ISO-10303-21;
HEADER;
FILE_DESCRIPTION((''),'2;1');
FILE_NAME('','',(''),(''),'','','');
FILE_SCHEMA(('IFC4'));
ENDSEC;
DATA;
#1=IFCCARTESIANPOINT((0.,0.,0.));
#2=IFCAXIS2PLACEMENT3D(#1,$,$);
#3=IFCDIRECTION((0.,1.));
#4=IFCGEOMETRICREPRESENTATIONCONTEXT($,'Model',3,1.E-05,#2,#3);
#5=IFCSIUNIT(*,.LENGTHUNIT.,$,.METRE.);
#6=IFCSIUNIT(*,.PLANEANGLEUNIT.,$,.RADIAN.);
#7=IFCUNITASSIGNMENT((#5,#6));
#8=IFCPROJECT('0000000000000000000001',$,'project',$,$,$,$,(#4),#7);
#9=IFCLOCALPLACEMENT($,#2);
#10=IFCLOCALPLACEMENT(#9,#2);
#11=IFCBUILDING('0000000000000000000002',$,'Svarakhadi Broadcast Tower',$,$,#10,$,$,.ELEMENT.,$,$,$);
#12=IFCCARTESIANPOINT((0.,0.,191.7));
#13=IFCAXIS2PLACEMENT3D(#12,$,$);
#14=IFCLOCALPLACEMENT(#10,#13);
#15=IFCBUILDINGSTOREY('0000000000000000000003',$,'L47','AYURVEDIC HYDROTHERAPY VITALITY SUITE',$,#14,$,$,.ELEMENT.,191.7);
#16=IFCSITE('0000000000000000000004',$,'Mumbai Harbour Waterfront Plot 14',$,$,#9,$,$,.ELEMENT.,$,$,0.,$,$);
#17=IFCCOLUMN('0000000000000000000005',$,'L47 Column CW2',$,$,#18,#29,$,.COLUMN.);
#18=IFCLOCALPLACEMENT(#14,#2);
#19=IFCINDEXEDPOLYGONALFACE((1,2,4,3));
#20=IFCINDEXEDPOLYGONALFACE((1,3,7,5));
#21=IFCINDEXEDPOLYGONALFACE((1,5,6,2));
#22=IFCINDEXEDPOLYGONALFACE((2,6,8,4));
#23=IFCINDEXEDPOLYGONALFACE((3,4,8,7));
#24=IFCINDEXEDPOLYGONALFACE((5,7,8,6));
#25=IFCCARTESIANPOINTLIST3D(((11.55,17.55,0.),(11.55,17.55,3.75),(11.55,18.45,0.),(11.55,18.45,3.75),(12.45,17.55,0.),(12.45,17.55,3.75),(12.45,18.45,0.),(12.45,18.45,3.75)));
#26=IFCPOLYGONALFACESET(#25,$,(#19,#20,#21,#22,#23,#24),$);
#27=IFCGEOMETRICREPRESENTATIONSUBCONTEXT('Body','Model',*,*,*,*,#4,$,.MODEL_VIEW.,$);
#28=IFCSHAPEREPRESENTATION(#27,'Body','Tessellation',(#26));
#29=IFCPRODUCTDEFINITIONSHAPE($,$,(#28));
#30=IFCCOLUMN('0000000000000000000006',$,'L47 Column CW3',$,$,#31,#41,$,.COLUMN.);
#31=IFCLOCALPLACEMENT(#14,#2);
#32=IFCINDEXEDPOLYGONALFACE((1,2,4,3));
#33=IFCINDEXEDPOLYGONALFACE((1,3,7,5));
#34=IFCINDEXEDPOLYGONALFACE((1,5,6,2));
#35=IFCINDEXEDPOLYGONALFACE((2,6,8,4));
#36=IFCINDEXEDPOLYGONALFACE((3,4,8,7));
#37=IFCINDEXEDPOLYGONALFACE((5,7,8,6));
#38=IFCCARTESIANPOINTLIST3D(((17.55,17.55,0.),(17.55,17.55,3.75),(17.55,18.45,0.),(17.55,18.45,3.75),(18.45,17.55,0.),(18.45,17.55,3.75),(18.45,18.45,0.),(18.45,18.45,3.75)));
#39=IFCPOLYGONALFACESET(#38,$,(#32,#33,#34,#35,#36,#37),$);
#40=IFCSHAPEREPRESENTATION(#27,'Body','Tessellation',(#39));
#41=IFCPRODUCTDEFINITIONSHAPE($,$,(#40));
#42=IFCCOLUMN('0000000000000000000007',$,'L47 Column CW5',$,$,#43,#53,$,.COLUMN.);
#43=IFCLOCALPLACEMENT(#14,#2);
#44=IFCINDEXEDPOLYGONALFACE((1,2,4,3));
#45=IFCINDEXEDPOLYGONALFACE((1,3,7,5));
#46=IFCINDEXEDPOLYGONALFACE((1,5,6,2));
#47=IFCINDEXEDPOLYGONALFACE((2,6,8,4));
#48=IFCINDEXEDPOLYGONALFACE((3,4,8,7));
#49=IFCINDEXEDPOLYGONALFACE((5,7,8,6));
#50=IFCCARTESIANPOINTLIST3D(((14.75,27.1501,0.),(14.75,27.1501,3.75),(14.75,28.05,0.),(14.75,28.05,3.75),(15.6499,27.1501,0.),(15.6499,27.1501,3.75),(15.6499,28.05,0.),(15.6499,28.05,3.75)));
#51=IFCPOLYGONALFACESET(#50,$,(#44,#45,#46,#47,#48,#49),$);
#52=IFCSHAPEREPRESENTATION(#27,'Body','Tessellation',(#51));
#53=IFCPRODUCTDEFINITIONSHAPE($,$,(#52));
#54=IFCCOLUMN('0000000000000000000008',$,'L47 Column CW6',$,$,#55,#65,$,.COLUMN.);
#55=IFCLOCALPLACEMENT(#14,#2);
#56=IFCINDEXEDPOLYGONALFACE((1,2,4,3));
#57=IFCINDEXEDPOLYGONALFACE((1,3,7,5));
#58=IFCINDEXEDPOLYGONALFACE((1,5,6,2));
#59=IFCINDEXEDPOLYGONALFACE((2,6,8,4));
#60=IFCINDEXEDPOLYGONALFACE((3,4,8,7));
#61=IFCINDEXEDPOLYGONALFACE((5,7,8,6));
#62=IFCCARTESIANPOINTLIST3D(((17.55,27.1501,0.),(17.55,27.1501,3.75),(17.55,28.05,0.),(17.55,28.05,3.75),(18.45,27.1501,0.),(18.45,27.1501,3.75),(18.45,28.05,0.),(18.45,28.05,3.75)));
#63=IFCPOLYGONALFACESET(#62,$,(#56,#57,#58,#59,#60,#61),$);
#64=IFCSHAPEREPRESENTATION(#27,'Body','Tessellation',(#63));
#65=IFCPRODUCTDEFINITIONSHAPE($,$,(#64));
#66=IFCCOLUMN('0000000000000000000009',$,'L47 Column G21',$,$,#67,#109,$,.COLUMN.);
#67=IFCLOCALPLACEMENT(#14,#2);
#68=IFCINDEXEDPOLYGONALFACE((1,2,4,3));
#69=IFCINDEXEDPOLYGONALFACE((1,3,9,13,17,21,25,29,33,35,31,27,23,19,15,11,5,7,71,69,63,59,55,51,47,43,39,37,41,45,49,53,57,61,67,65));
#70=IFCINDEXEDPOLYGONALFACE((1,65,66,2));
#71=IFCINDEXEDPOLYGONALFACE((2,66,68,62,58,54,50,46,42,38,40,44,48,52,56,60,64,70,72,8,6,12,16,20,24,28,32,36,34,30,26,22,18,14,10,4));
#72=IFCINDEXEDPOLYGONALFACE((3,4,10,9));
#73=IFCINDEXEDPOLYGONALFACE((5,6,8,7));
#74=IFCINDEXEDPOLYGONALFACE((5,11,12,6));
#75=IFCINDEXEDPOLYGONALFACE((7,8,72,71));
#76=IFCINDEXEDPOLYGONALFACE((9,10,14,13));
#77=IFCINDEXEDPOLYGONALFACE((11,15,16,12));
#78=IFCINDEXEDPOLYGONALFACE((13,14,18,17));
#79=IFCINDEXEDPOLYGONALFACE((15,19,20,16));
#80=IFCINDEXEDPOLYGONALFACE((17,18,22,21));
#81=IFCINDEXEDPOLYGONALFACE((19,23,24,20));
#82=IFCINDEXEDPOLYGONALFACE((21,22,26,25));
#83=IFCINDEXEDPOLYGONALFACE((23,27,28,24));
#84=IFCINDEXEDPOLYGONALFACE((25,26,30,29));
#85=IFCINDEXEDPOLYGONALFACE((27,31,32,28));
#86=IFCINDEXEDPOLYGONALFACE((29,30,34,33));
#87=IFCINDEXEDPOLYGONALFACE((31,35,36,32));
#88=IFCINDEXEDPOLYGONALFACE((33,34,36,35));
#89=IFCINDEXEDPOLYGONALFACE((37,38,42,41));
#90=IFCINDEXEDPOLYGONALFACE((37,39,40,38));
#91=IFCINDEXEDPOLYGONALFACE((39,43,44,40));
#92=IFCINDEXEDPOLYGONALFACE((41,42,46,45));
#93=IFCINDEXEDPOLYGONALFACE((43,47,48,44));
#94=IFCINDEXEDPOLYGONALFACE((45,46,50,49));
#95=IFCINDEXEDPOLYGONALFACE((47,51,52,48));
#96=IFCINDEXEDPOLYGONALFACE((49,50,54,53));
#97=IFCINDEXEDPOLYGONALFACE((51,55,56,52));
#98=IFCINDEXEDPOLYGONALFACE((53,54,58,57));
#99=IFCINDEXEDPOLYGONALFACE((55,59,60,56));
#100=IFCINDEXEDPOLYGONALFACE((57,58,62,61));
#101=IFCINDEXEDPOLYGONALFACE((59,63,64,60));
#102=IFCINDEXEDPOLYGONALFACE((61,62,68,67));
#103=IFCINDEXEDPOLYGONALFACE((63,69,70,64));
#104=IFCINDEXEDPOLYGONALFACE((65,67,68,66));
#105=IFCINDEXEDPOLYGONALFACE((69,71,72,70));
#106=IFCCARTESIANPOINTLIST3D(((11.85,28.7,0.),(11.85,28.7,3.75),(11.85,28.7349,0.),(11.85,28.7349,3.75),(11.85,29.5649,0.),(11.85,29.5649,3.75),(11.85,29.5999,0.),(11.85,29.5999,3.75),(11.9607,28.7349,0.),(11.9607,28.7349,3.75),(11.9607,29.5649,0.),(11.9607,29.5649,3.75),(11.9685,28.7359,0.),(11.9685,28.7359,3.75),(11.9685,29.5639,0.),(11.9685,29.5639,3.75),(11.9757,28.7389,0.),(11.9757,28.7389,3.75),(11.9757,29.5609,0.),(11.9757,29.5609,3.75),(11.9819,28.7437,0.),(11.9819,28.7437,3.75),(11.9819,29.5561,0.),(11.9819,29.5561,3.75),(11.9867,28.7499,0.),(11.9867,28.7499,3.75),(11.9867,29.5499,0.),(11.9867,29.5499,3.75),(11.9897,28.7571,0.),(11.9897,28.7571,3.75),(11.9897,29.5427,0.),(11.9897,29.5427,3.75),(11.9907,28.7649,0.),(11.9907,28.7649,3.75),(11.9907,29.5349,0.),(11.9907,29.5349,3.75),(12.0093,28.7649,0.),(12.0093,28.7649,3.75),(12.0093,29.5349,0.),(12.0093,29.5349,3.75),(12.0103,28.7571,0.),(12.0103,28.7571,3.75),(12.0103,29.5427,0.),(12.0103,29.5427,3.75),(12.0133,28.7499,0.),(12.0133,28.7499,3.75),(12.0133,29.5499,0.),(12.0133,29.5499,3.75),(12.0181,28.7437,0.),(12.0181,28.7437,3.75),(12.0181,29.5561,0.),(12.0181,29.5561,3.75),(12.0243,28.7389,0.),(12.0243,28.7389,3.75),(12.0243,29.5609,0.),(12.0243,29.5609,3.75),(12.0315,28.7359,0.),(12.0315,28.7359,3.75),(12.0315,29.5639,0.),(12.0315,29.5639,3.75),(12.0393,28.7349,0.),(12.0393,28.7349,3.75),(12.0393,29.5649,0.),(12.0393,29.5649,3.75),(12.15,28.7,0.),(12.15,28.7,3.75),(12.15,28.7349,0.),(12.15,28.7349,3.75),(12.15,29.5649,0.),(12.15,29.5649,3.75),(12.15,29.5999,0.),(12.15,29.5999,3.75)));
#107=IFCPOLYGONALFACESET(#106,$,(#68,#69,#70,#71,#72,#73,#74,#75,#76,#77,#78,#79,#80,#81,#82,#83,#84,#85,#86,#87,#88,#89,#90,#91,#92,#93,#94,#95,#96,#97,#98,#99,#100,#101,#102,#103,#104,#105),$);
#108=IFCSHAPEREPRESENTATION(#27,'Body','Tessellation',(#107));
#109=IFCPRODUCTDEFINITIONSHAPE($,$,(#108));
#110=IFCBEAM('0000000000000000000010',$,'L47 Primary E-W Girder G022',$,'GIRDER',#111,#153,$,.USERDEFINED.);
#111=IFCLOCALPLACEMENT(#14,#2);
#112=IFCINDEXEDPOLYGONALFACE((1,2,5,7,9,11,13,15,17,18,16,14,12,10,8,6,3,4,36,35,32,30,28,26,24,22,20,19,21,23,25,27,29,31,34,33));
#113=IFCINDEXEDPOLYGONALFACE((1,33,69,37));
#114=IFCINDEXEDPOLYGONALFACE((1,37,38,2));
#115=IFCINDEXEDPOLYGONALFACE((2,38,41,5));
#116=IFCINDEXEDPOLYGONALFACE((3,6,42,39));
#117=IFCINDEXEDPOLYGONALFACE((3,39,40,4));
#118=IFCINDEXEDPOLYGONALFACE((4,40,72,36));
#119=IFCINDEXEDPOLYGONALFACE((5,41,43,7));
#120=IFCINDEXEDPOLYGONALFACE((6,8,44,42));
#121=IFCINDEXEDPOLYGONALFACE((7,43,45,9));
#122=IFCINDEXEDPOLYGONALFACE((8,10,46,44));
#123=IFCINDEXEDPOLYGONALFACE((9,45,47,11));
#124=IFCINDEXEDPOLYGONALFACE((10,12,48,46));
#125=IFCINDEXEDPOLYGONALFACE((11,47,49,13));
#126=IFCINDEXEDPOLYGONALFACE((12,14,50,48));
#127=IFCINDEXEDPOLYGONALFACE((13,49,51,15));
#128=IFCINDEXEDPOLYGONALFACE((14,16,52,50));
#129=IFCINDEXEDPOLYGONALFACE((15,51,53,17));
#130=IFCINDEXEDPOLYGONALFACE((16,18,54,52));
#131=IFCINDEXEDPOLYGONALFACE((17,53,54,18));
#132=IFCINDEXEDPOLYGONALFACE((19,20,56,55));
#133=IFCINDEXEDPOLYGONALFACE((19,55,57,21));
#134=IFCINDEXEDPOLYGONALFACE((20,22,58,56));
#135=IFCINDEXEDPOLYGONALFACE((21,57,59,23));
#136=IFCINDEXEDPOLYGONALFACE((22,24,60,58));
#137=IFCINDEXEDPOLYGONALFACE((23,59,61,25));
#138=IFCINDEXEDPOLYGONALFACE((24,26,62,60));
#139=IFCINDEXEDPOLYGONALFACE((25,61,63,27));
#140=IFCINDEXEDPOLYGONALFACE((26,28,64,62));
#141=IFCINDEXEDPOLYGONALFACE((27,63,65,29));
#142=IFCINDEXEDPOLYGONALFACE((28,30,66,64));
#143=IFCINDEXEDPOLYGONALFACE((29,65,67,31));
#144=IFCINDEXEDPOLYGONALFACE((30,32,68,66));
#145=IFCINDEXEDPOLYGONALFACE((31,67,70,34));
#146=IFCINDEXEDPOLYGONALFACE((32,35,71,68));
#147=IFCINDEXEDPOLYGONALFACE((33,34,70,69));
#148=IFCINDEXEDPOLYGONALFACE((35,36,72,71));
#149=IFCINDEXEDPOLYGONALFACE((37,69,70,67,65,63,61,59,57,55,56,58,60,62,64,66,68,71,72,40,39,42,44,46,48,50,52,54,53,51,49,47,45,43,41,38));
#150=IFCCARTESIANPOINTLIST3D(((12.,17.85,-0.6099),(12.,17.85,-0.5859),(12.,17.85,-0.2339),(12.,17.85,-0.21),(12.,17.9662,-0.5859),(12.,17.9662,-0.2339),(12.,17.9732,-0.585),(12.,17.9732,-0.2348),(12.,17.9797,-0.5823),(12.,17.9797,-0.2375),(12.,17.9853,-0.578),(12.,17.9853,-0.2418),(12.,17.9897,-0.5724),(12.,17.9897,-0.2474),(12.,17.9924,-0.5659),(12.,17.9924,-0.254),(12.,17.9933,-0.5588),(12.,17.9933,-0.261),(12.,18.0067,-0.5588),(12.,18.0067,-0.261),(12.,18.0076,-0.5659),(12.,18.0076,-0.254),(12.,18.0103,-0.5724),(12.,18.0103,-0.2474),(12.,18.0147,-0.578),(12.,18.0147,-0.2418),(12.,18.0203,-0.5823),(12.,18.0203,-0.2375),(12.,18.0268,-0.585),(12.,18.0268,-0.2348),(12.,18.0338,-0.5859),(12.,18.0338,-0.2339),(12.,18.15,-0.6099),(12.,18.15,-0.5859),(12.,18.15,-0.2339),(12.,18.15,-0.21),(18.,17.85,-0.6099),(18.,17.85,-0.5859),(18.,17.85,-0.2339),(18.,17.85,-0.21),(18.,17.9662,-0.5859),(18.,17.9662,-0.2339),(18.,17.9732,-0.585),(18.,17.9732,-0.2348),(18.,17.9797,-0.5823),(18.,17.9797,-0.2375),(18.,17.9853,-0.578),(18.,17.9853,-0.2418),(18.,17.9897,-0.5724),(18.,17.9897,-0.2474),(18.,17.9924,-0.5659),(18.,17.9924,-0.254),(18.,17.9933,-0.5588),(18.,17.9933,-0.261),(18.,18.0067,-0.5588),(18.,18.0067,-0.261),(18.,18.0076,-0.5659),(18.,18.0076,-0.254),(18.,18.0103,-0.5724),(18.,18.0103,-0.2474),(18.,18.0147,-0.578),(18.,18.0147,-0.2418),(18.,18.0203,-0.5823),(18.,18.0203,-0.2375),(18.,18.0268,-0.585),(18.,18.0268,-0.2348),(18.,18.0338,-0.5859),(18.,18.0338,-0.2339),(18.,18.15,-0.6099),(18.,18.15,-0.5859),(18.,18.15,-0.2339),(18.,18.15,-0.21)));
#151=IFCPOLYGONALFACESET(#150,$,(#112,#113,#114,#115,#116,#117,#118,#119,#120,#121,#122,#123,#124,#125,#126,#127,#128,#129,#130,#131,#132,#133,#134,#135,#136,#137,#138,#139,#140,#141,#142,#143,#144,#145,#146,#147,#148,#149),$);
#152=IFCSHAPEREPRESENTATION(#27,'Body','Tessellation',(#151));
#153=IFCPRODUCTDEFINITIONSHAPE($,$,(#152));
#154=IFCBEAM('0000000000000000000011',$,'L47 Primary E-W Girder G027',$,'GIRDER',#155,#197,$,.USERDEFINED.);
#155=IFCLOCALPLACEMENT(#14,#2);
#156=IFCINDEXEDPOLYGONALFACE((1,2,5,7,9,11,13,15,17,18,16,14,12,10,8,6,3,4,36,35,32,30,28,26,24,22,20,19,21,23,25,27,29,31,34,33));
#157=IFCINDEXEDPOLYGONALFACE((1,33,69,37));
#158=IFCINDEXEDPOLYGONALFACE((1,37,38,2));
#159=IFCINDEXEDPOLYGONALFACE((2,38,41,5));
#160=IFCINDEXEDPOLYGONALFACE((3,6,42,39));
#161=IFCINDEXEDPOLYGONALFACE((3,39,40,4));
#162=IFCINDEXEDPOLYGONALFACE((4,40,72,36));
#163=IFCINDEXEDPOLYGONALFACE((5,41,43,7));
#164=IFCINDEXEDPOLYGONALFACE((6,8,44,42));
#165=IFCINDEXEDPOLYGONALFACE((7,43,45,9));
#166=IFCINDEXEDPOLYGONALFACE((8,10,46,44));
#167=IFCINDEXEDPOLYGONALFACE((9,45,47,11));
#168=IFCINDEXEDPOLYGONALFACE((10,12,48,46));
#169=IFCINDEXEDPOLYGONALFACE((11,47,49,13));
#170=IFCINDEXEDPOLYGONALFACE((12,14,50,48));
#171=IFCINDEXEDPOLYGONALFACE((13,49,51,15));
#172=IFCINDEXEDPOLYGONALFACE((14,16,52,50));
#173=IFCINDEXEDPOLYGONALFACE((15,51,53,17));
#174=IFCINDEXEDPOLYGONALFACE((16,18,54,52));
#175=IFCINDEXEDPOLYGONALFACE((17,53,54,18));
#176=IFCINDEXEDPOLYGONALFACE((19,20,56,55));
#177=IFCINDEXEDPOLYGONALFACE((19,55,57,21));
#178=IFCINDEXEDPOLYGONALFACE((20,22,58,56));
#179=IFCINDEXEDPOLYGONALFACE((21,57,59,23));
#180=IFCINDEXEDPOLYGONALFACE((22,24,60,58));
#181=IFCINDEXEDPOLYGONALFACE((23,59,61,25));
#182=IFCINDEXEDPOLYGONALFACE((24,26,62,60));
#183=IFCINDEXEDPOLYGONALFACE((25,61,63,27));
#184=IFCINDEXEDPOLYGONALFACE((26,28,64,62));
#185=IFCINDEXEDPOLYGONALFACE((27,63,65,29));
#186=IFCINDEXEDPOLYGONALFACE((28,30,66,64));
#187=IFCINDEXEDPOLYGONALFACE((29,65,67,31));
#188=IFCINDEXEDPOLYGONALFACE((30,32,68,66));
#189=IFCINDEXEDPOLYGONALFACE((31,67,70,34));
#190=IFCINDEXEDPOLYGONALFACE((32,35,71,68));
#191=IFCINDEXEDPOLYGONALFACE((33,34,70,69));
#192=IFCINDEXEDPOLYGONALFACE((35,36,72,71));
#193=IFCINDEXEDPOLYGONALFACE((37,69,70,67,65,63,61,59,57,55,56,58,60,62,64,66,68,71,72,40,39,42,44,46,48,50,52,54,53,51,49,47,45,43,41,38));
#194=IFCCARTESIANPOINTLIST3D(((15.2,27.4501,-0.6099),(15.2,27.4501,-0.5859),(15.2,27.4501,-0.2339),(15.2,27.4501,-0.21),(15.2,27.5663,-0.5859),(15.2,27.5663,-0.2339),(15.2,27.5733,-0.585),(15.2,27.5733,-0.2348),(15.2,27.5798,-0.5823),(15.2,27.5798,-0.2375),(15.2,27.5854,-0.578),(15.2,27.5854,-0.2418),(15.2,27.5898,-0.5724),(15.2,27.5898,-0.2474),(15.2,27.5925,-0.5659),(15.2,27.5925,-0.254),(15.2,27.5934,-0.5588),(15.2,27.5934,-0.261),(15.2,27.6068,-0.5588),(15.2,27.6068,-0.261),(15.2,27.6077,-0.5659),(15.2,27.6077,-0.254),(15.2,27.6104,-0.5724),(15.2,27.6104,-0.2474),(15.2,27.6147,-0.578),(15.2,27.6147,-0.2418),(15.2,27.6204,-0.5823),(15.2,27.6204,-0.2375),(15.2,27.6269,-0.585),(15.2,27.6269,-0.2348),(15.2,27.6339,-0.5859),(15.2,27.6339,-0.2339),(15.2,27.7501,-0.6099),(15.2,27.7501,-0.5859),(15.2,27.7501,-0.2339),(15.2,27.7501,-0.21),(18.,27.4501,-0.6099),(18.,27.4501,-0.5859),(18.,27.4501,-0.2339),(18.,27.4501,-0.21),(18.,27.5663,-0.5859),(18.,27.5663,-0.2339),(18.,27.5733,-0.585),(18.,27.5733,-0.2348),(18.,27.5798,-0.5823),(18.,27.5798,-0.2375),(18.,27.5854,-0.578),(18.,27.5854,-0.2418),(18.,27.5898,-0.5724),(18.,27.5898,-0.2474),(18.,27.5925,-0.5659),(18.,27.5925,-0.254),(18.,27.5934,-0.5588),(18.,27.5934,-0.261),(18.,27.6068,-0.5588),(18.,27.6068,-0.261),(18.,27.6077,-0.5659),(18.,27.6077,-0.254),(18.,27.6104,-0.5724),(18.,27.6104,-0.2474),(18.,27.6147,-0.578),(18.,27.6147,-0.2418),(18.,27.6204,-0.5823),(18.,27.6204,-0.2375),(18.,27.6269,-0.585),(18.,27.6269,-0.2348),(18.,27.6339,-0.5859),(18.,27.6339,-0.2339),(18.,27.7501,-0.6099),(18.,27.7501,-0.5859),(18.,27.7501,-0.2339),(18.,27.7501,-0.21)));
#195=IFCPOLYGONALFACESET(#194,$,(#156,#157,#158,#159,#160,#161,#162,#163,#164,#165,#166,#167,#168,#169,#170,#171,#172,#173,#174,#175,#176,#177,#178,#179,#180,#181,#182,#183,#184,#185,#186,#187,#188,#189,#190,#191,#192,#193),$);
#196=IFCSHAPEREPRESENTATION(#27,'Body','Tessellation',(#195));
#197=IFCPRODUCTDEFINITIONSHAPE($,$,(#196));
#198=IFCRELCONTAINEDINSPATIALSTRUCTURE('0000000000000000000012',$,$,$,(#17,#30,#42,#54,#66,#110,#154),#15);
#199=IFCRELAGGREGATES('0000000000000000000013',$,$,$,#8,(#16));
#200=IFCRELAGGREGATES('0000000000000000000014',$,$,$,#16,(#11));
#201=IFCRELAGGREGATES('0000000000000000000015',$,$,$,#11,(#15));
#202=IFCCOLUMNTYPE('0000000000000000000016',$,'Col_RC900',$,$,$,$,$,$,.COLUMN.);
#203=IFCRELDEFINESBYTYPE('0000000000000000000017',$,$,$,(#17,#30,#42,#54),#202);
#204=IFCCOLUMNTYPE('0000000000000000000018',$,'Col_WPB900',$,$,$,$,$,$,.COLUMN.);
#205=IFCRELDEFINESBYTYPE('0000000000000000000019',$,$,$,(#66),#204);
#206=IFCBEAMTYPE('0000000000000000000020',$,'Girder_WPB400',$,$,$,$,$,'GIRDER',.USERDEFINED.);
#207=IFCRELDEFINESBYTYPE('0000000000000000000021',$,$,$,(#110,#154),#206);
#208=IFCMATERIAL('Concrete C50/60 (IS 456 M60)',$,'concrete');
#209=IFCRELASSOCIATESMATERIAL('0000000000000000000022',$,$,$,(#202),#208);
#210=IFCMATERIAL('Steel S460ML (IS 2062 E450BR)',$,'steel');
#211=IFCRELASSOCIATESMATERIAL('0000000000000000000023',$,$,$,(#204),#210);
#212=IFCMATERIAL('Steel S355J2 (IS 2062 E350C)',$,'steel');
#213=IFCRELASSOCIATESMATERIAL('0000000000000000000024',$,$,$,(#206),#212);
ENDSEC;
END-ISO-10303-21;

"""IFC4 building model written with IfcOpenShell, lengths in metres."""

from ifc_helpers import new_model, si_unit, direction, frame, origin, origin_2d, place, context, subcontext, project, spatial, rectangle, i_section, extrude, material, material_profile, profile_set, type_object, element, save


model = new_model("IFC4")

# Units and contexts
model_context = context("Model", 3, precision=1e-05, world=origin(), true_north=direction((0.0, 1.0)))
body_context = subcontext(model_context, "Body", "Model", "MODEL_VIEW")
ifc_project = project(units=[si_unit("LENGTHUNIT", "METRE"), si_unit("PLANEANGLEUNIT", "RADIAN")], contexts=[model_context])

# Site, building, storey
site_placement = place(None, origin())
site = spatial("IfcSite", under=ifc_project, at=site_placement, Name="Mumbai Harbour Waterfront Plot 14", CompositionType="ELEMENT", RefElevation=0.0)
building_placement = place(site_placement, origin())
building = spatial("IfcBuilding", under=site, at=building_placement, Name="Svarakhadi Broadcast Tower", CompositionType="ELEMENT")
storey_placement = place(building_placement, frame((0.0, 0.0, 191.7)))
storey = spatial("IfcBuildingStorey", under=building, at=storey_placement, Name="L47", Description="AYURVEDIC HYDROTHERAPY VITALITY SUITE", CompositionType="ELEMENT", Elevation=191.7)

# Columns
ifc_material_1 = material(Name="Concrete C50/60 (IS 456 M60)", Category="concrete")
ifc_material_profile_1 = material_profile(ifc_material_1, rectangle(XDim=0.8999, YDim=0.8999, at=origin_2d()), Name="RC 900x900")
ifc_profile_set_1 = profile_set([ifc_material_profile_1], Name="Concrete C50/60 (IS 456 M60)")
column_type_1 = type_object("IfcColumnType", Name="Col_RC900", PredefinedType="COLUMN", material=ifc_profile_set_1)
for number, where, z_axis, x_axis, name in (
    (1, (12.0, 18.0, 0.0), (0.0, 0.0, 1.0), (1.0, 0.0, 0.0), "L47 Column CW2"),
    (2, (18.0, 18.0, 0.0), (0.0, 0.0, 1.0), (1.0, 0.0, 0.0), "L47 Column CW3"),
    (3, (15.2, 27.6001, 0.0), (0.0, 0.0, 1.0), (1.0, 0.0, 0.0), "L47 Column CW5"),
    (4, (18.0, 27.6001, 0.0), (0.0, 0.0, 1.0), (1.0, 0.0, 0.0), "L47 Column CW6"),
):
    element("IfcColumn", number, at=place(storey_placement, frame(where, z_axis=z_axis, x_axis=x_axis)), inside=storey, type_object=column_type_1, Name=name, PredefinedType="COLUMN", context=body_context, shape_type="SweptSolid", body=[
        extrude(rectangle(XDim=0.8999, YDim=0.8999, at=origin_2d()), origin(), (0.0, 0.0, 1.0), 3.75),
    ])
ifc_material_2 = material(Name="Steel S460ML (IS 2062 E450BR)", Category="steel")
ifc_material_profile_2 = material_profile(ifc_material_2, i_section(OverallWidth=0.3, OverallDepth=0.8999, WebThickness=0.0186, FlangeThickness=0.0349, FilletRadius=0.03, at=origin_2d()), Name="WPB 900x300x291")
ifc_profile_set_2 = profile_set([ifc_material_profile_2], Name="Steel S460ML (IS 2062 E450BR)")
column_type_2 = type_object("IfcColumnType", Name="Col_WPB900", PredefinedType="COLUMN", material=ifc_profile_set_2)
column_placement = place(storey_placement, frame((12.0, 29.1499, 0.0), z_axis=(0.0, 0.0, 1.0), x_axis=(1.0, 0.0, 0.0)))
element("IfcColumn", 5, at=column_placement, inside=storey, type_object=column_type_2, Name="L47 Column G21", PredefinedType="COLUMN", context=body_context, shape_type="SweptSolid", body=[
    extrude(i_section(OverallWidth=0.3, OverallDepth=0.8999, WebThickness=0.0186, FlangeThickness=0.0349, FilletRadius=0.03, at=origin_2d()), origin(), (0.0, 0.0, 1.0), 3.75),
])

# Beams
ifc_material_3 = material(Name="Steel S355J2 (IS 2062 E350C)", Category="steel")
ifc_material_profile_3 = material_profile(ifc_material_3, i_section(OverallWidth=0.3, OverallDepth=0.3999, WebThickness=0.0134, FlangeThickness=0.0239, FilletRadius=0.0271, at=origin_2d()), Name="WPB 400x300x155")
ifc_profile_set_3 = profile_set([ifc_material_profile_3], Name="Steel S355J2 (IS 2062 E350C)")
beam_type = type_object("IfcBeamType", Name="Girder_WPB400", ElementType="GIRDER", PredefinedType="USERDEFINED", material=ifc_profile_set_3)
beam_1_placement = place(storey_placement, frame((12.0, 18.0, -0.4099), z_axis=(1.0, 0.0, 0.0), x_axis=(0.0, 1.0, 0.0)))
element("IfcBeam", 6, at=beam_1_placement, inside=storey, type_object=beam_type, Name="L47 Primary E-W Girder G022", ObjectType="GIRDER", PredefinedType="USERDEFINED", context=body_context, shape_type="SweptSolid", body=[
    extrude(i_section(OverallWidth=0.3, OverallDepth=0.3999, WebThickness=0.0134, FlangeThickness=0.0239, FilletRadius=0.0271, at=origin_2d()), origin(), (0.0, 0.0, 1.0), 6.0),
])
beam_2_placement = place(storey_placement, frame((15.2, 27.6001, -0.4099), z_axis=(1.0, 0.0, 0.0), x_axis=(0.0, 1.0, 0.0)))
element("IfcBeam", 7, at=beam_2_placement, inside=storey, type_object=beam_type, Name="L47 Primary E-W Girder G027", ObjectType="GIRDER", PredefinedType="USERDEFINED", context=body_context, shape_type="SweptSolid", body=[
    extrude(i_section(OverallWidth=0.3, OverallDepth=0.3999, WebThickness=0.0134, FlangeThickness=0.0239, FilletRadius=0.0271, at=origin_2d()), origin(), (0.0, 0.0, 1.0), 2.8),
])

save(model, "model.ifc")
